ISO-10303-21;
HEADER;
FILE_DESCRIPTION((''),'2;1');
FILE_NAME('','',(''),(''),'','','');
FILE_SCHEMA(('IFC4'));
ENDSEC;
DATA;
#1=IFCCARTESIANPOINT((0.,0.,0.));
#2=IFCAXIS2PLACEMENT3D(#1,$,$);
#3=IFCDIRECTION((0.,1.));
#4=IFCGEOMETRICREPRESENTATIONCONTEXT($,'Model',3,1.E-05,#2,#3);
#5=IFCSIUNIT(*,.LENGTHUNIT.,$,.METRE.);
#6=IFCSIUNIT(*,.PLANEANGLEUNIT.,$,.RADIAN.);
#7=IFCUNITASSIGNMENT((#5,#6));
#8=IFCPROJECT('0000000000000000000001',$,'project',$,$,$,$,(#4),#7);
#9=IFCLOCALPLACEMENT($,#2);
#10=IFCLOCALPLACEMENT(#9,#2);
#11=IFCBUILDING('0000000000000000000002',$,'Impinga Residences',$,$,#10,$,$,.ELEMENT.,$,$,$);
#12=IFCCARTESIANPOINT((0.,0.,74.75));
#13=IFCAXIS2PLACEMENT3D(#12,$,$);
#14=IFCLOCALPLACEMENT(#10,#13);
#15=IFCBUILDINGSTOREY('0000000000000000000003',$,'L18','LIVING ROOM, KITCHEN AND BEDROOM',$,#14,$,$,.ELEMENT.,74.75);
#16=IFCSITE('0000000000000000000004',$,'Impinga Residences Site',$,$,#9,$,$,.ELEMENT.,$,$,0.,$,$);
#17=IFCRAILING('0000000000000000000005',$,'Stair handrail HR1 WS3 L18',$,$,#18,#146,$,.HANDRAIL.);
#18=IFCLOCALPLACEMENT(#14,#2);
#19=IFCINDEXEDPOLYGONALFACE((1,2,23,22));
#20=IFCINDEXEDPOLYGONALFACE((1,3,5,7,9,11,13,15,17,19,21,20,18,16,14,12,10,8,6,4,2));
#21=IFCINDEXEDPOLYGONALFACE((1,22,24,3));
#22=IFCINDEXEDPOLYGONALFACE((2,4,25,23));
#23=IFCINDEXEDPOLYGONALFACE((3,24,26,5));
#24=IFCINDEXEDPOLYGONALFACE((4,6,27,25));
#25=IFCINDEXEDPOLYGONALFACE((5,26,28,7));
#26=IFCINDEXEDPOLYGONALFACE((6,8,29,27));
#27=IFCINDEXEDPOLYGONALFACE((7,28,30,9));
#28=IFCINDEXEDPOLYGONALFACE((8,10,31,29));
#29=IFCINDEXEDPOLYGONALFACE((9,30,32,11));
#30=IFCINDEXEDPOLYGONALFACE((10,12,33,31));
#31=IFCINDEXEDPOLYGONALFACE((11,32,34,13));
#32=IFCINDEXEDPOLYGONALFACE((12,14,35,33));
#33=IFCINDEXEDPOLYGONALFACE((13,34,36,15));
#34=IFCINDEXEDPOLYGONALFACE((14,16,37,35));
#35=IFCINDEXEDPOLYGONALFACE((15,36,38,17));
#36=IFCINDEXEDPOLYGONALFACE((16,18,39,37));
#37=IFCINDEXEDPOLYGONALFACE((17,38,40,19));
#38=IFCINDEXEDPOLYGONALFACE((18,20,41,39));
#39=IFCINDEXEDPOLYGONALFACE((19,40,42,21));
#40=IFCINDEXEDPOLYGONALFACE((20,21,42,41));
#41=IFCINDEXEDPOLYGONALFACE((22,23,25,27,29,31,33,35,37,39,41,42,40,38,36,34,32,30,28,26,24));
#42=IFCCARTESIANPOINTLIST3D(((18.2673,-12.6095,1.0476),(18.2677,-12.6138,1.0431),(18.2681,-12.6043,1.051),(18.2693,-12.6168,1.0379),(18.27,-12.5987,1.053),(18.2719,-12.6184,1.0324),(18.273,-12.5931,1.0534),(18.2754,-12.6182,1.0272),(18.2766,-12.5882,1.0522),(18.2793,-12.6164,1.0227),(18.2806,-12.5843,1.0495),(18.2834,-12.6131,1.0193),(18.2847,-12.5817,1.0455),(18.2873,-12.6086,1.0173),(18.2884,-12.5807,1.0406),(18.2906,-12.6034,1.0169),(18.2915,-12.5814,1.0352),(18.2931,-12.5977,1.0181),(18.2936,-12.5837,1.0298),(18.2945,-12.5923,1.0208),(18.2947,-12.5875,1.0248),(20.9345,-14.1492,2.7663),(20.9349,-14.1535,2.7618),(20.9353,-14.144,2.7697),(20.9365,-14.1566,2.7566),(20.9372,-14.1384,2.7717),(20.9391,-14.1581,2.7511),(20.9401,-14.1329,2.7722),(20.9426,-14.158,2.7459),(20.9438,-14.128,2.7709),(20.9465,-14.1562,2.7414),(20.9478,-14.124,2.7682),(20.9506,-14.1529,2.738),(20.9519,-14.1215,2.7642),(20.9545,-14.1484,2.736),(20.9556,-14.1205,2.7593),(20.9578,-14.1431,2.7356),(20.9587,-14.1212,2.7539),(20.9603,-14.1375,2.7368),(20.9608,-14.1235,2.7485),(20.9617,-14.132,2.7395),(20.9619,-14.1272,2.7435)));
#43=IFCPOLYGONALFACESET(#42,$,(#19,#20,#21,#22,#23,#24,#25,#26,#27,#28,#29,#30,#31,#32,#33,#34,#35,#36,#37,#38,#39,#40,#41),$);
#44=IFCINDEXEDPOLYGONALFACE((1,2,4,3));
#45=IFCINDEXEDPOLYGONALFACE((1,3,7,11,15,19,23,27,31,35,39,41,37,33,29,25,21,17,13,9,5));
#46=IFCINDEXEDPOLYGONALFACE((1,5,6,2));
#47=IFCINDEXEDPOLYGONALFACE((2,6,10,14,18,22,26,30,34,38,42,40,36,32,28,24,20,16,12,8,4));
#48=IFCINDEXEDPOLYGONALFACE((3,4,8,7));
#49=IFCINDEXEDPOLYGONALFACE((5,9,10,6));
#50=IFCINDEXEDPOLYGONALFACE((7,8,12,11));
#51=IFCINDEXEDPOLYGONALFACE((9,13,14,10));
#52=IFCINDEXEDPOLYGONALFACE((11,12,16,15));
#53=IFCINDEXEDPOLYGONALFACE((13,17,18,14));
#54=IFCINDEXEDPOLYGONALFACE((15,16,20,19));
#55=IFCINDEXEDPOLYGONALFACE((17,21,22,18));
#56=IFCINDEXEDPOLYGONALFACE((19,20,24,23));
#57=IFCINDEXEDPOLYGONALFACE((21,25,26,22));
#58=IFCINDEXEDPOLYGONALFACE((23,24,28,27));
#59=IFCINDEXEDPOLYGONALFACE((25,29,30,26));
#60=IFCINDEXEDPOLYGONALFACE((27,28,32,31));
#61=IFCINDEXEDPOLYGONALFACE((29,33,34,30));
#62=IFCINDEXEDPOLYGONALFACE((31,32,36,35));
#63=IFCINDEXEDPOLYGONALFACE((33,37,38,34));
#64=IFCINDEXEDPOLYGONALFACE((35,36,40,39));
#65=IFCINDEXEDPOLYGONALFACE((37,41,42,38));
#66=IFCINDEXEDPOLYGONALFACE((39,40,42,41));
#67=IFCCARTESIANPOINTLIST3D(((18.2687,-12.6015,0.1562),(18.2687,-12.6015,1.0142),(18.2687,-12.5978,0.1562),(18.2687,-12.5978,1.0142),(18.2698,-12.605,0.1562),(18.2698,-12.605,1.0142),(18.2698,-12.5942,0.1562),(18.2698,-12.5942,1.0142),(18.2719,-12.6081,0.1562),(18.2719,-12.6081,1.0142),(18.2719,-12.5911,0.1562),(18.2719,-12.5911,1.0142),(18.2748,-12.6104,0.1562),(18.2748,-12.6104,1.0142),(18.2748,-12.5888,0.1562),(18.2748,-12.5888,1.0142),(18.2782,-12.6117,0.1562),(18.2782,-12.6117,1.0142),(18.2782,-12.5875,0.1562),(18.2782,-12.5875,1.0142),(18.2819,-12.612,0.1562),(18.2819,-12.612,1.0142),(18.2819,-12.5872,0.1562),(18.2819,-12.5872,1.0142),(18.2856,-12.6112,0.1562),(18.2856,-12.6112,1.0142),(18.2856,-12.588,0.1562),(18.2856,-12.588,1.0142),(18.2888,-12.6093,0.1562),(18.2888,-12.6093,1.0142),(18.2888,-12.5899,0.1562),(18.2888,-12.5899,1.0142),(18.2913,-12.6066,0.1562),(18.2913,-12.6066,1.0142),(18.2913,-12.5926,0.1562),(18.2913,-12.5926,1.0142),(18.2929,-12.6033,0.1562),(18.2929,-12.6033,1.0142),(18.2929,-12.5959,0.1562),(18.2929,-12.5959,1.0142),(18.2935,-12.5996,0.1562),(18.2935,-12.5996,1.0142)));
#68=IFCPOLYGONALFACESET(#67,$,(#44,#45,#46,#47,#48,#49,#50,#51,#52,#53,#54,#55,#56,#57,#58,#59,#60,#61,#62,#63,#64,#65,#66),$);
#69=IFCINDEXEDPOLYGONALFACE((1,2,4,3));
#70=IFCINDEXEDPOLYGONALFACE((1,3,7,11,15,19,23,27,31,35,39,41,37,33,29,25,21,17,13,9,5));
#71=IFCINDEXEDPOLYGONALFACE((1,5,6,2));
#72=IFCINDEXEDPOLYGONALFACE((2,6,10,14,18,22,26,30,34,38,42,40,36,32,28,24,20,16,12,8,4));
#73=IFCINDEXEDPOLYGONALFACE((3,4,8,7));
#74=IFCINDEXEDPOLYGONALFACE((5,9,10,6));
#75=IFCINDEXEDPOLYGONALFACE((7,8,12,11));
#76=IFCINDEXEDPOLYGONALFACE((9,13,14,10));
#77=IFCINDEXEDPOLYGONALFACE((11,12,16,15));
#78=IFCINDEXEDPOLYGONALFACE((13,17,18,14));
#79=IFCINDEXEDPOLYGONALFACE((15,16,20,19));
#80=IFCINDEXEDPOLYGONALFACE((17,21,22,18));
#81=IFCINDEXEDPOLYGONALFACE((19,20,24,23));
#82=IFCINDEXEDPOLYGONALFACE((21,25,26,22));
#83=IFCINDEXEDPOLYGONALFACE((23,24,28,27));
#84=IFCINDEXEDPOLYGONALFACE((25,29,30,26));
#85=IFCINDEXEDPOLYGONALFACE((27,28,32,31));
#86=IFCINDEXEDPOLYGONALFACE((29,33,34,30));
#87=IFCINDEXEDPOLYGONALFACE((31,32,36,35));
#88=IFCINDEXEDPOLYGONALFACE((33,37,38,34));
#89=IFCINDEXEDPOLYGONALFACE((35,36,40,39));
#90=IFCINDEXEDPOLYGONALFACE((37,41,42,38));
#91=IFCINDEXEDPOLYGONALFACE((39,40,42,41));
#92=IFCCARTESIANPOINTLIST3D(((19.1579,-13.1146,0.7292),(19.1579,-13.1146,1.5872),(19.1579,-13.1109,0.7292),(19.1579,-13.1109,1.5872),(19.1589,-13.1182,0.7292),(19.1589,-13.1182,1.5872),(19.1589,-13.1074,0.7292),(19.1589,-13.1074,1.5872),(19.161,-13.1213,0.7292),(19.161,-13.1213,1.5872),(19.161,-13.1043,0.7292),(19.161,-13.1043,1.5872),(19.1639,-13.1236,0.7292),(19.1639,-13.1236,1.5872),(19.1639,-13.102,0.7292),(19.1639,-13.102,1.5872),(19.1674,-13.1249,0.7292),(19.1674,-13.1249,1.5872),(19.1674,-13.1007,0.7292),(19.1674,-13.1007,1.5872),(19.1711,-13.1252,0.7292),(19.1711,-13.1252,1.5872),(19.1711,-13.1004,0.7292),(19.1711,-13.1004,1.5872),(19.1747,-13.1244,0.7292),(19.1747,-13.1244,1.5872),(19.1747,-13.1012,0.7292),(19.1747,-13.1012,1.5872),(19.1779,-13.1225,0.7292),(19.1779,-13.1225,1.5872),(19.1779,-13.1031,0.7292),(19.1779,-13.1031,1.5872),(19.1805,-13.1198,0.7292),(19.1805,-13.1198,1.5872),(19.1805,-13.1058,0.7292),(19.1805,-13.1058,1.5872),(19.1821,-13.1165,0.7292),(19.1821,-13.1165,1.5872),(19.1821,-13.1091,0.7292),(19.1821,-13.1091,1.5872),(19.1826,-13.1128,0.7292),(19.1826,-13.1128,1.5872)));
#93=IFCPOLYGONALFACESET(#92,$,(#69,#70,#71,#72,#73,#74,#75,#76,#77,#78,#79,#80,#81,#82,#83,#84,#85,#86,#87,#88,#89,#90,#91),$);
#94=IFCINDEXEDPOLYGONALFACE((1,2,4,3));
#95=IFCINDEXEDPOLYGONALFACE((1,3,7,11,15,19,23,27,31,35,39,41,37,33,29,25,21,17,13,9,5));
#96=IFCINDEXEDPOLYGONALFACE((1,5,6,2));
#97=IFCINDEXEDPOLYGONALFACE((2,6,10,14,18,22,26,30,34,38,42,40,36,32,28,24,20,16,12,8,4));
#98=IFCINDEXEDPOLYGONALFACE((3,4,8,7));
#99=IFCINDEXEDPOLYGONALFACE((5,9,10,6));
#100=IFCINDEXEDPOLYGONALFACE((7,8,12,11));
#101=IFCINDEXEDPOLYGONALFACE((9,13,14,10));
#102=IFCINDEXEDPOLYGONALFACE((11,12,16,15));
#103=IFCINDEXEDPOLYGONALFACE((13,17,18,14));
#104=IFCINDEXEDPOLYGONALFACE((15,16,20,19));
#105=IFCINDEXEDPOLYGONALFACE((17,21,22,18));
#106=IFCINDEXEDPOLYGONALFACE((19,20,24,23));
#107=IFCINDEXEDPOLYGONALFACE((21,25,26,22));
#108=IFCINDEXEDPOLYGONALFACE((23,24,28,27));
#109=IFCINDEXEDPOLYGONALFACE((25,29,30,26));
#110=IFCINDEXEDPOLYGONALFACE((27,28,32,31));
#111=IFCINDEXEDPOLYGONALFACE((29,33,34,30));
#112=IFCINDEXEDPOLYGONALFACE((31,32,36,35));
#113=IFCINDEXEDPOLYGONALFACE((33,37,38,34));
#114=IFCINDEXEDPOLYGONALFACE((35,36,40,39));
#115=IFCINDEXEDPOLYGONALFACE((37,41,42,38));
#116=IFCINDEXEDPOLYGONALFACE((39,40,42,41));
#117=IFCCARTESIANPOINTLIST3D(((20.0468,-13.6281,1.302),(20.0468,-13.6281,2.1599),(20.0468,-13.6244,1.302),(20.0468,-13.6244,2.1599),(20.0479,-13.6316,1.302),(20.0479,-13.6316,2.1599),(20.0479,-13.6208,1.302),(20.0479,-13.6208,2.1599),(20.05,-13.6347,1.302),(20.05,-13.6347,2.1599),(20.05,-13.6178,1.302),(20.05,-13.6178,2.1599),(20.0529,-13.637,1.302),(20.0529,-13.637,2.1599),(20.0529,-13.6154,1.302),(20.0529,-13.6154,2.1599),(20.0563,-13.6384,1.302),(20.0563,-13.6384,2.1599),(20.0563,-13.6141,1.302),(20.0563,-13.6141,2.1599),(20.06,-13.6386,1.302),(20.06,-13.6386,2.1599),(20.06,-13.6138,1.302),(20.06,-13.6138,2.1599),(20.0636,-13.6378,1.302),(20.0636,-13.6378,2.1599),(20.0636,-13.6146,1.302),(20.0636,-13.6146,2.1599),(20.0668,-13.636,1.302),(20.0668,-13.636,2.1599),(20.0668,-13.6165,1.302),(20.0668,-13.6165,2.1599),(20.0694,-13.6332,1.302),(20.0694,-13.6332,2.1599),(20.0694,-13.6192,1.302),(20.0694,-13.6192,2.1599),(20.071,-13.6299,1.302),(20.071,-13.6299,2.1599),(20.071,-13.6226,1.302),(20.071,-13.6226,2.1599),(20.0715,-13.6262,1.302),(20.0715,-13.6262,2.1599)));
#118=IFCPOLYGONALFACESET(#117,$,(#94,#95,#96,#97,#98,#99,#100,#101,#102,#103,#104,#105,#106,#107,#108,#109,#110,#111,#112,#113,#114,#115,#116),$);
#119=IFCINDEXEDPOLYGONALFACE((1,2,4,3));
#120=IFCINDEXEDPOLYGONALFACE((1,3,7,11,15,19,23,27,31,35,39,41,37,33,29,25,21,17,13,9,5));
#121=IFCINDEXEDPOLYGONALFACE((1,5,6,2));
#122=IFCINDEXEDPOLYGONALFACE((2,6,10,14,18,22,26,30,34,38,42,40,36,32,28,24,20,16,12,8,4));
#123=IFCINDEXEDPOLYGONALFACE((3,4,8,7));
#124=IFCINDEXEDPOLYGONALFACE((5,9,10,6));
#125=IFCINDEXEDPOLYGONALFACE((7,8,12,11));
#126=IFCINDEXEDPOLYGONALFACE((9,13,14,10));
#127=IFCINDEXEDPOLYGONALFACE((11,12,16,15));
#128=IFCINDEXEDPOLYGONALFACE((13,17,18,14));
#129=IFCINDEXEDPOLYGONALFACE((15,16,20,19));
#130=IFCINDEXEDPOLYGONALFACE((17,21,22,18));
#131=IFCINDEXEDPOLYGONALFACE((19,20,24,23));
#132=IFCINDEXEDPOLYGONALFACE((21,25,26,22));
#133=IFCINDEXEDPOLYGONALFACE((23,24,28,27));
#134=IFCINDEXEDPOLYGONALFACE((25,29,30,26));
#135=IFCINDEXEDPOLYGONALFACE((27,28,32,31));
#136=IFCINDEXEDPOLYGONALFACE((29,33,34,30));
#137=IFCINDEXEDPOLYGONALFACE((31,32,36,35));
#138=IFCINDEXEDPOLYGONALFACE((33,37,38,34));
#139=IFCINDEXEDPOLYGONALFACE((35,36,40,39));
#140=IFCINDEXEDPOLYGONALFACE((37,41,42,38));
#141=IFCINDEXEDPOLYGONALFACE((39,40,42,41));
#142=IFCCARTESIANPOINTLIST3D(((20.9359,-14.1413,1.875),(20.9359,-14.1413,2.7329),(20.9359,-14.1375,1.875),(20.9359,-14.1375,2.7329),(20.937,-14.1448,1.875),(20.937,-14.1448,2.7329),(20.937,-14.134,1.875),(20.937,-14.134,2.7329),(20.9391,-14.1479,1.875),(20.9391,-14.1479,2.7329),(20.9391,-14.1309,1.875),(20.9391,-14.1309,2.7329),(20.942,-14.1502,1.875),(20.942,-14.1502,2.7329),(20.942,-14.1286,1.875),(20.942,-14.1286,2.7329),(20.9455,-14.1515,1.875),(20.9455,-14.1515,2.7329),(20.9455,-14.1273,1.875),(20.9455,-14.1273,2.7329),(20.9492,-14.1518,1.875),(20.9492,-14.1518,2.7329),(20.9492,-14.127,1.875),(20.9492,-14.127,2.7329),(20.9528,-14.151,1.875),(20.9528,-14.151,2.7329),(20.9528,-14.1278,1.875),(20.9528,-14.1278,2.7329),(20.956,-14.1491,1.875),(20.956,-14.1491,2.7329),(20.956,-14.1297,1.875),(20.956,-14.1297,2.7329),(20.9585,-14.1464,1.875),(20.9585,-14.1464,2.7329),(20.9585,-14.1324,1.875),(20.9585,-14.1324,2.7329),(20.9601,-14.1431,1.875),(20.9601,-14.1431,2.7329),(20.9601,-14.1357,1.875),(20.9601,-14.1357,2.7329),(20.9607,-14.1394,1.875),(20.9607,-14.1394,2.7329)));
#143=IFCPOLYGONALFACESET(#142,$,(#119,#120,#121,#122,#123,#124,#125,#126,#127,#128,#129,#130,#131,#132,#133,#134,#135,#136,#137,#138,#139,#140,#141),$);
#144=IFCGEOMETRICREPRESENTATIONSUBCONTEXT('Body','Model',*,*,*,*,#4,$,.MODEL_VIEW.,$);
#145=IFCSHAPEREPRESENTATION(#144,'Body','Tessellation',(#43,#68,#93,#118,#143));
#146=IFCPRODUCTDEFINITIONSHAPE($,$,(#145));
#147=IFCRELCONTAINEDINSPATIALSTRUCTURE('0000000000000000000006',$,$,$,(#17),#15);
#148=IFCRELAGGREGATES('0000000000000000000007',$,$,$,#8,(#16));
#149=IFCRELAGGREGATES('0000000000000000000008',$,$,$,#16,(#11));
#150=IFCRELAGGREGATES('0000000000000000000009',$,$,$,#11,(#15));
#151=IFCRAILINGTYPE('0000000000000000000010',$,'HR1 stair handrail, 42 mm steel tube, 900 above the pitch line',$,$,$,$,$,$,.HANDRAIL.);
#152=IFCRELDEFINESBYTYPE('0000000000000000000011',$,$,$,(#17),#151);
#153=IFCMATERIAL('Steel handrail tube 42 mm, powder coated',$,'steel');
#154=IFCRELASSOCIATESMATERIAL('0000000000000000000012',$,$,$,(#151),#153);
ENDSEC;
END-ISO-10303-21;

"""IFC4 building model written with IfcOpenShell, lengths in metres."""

from ifc_helpers import new_model, si_unit, direction, frame, origin, origin_2d, place, context, subcontext, project, spatial, circle, extrude, material, type_object, element, save


model = new_model("IFC4")

# Units and contexts
model_context = context("Model", 3, precision=1e-05, world=origin(), true_north=direction((0.0, 1.0)))
body_context = subcontext(model_context, "Body", "Model", "MODEL_VIEW")
ifc_project = project(units=[si_unit("LENGTHUNIT", "METRE"), si_unit("PLANEANGLEUNIT", "RADIAN")], contexts=[model_context])

# Site, building, storey
site_placement = place(None, origin())
site = spatial("IfcSite", under=ifc_project, at=site_placement, Name="Impinga Residences Site", CompositionType="ELEMENT", RefElevation=0.0)
building_placement = place(site_placement, origin())
building = spatial("IfcBuilding", under=site, at=building_placement, Name="Impinga Residences", CompositionType="ELEMENT")
storey_placement = place(building_placement, frame((0.0, 0.0, 74.75)))
storey = spatial("IfcBuildingStorey", under=building, at=storey_placement, Name="L18", Description="LIVING ROOM, KITCHEN AND BEDROOM", CompositionType="ELEMENT", Elevation=74.75)

# Railing
ifc_material_1 = material(Name="Steel handrail tube 42 mm, powder coated", Category="steel")
railing_type_1 = type_object("IfcRailingType", Name="HR1 stair handrail, 42 mm steel tube, 900 above the pitch line", PredefinedType="HANDRAIL", material=ifc_material_1)
railing_1_placement = place(storey_placement, frame((18.281, -12.5996, 0.1562)))
element("IfcRailing", 1, at=railing_1_placement, inside=storey, type_object=railing_type_1, Name="Stair handrail HR1 WS3 L18", PredefinedType="HANDRAIL", context=body_context, shape_type="SweptSolid", body=[
    extrude(circle(Radius=0.021, at=origin_2d()), frame((0.0, 0.0, 0.8789), z_axis=(0.756249, -0.436582, 0.487322), x_axis=(0.499967, 0.866044, 0.0)), (0.0, 0.0, 1.0), 3.5269),
    extrude(circle(Radius=0.0125, at=origin_2d()), origin(), (0.0, 0.0, 1.0), 0.8579),
    extrude(circle(Radius=0.0125, at=origin_2d()), frame((0.8892, -0.5132, 0.573)), (0.0, 0.0, 1.0), 0.8579),
    extrude(circle(Radius=0.0125, at=origin_2d()), frame((1.7781, -1.0266, 1.1458)), (0.0, 0.0, 1.0), 0.8579),
    extrude(circle(Radius=0.0125, at=origin_2d()), frame((2.6672, -1.5398, 1.7188)), (0.0, 0.0, 1.0), 0.8579),
])

save(model, "model.ifc")
